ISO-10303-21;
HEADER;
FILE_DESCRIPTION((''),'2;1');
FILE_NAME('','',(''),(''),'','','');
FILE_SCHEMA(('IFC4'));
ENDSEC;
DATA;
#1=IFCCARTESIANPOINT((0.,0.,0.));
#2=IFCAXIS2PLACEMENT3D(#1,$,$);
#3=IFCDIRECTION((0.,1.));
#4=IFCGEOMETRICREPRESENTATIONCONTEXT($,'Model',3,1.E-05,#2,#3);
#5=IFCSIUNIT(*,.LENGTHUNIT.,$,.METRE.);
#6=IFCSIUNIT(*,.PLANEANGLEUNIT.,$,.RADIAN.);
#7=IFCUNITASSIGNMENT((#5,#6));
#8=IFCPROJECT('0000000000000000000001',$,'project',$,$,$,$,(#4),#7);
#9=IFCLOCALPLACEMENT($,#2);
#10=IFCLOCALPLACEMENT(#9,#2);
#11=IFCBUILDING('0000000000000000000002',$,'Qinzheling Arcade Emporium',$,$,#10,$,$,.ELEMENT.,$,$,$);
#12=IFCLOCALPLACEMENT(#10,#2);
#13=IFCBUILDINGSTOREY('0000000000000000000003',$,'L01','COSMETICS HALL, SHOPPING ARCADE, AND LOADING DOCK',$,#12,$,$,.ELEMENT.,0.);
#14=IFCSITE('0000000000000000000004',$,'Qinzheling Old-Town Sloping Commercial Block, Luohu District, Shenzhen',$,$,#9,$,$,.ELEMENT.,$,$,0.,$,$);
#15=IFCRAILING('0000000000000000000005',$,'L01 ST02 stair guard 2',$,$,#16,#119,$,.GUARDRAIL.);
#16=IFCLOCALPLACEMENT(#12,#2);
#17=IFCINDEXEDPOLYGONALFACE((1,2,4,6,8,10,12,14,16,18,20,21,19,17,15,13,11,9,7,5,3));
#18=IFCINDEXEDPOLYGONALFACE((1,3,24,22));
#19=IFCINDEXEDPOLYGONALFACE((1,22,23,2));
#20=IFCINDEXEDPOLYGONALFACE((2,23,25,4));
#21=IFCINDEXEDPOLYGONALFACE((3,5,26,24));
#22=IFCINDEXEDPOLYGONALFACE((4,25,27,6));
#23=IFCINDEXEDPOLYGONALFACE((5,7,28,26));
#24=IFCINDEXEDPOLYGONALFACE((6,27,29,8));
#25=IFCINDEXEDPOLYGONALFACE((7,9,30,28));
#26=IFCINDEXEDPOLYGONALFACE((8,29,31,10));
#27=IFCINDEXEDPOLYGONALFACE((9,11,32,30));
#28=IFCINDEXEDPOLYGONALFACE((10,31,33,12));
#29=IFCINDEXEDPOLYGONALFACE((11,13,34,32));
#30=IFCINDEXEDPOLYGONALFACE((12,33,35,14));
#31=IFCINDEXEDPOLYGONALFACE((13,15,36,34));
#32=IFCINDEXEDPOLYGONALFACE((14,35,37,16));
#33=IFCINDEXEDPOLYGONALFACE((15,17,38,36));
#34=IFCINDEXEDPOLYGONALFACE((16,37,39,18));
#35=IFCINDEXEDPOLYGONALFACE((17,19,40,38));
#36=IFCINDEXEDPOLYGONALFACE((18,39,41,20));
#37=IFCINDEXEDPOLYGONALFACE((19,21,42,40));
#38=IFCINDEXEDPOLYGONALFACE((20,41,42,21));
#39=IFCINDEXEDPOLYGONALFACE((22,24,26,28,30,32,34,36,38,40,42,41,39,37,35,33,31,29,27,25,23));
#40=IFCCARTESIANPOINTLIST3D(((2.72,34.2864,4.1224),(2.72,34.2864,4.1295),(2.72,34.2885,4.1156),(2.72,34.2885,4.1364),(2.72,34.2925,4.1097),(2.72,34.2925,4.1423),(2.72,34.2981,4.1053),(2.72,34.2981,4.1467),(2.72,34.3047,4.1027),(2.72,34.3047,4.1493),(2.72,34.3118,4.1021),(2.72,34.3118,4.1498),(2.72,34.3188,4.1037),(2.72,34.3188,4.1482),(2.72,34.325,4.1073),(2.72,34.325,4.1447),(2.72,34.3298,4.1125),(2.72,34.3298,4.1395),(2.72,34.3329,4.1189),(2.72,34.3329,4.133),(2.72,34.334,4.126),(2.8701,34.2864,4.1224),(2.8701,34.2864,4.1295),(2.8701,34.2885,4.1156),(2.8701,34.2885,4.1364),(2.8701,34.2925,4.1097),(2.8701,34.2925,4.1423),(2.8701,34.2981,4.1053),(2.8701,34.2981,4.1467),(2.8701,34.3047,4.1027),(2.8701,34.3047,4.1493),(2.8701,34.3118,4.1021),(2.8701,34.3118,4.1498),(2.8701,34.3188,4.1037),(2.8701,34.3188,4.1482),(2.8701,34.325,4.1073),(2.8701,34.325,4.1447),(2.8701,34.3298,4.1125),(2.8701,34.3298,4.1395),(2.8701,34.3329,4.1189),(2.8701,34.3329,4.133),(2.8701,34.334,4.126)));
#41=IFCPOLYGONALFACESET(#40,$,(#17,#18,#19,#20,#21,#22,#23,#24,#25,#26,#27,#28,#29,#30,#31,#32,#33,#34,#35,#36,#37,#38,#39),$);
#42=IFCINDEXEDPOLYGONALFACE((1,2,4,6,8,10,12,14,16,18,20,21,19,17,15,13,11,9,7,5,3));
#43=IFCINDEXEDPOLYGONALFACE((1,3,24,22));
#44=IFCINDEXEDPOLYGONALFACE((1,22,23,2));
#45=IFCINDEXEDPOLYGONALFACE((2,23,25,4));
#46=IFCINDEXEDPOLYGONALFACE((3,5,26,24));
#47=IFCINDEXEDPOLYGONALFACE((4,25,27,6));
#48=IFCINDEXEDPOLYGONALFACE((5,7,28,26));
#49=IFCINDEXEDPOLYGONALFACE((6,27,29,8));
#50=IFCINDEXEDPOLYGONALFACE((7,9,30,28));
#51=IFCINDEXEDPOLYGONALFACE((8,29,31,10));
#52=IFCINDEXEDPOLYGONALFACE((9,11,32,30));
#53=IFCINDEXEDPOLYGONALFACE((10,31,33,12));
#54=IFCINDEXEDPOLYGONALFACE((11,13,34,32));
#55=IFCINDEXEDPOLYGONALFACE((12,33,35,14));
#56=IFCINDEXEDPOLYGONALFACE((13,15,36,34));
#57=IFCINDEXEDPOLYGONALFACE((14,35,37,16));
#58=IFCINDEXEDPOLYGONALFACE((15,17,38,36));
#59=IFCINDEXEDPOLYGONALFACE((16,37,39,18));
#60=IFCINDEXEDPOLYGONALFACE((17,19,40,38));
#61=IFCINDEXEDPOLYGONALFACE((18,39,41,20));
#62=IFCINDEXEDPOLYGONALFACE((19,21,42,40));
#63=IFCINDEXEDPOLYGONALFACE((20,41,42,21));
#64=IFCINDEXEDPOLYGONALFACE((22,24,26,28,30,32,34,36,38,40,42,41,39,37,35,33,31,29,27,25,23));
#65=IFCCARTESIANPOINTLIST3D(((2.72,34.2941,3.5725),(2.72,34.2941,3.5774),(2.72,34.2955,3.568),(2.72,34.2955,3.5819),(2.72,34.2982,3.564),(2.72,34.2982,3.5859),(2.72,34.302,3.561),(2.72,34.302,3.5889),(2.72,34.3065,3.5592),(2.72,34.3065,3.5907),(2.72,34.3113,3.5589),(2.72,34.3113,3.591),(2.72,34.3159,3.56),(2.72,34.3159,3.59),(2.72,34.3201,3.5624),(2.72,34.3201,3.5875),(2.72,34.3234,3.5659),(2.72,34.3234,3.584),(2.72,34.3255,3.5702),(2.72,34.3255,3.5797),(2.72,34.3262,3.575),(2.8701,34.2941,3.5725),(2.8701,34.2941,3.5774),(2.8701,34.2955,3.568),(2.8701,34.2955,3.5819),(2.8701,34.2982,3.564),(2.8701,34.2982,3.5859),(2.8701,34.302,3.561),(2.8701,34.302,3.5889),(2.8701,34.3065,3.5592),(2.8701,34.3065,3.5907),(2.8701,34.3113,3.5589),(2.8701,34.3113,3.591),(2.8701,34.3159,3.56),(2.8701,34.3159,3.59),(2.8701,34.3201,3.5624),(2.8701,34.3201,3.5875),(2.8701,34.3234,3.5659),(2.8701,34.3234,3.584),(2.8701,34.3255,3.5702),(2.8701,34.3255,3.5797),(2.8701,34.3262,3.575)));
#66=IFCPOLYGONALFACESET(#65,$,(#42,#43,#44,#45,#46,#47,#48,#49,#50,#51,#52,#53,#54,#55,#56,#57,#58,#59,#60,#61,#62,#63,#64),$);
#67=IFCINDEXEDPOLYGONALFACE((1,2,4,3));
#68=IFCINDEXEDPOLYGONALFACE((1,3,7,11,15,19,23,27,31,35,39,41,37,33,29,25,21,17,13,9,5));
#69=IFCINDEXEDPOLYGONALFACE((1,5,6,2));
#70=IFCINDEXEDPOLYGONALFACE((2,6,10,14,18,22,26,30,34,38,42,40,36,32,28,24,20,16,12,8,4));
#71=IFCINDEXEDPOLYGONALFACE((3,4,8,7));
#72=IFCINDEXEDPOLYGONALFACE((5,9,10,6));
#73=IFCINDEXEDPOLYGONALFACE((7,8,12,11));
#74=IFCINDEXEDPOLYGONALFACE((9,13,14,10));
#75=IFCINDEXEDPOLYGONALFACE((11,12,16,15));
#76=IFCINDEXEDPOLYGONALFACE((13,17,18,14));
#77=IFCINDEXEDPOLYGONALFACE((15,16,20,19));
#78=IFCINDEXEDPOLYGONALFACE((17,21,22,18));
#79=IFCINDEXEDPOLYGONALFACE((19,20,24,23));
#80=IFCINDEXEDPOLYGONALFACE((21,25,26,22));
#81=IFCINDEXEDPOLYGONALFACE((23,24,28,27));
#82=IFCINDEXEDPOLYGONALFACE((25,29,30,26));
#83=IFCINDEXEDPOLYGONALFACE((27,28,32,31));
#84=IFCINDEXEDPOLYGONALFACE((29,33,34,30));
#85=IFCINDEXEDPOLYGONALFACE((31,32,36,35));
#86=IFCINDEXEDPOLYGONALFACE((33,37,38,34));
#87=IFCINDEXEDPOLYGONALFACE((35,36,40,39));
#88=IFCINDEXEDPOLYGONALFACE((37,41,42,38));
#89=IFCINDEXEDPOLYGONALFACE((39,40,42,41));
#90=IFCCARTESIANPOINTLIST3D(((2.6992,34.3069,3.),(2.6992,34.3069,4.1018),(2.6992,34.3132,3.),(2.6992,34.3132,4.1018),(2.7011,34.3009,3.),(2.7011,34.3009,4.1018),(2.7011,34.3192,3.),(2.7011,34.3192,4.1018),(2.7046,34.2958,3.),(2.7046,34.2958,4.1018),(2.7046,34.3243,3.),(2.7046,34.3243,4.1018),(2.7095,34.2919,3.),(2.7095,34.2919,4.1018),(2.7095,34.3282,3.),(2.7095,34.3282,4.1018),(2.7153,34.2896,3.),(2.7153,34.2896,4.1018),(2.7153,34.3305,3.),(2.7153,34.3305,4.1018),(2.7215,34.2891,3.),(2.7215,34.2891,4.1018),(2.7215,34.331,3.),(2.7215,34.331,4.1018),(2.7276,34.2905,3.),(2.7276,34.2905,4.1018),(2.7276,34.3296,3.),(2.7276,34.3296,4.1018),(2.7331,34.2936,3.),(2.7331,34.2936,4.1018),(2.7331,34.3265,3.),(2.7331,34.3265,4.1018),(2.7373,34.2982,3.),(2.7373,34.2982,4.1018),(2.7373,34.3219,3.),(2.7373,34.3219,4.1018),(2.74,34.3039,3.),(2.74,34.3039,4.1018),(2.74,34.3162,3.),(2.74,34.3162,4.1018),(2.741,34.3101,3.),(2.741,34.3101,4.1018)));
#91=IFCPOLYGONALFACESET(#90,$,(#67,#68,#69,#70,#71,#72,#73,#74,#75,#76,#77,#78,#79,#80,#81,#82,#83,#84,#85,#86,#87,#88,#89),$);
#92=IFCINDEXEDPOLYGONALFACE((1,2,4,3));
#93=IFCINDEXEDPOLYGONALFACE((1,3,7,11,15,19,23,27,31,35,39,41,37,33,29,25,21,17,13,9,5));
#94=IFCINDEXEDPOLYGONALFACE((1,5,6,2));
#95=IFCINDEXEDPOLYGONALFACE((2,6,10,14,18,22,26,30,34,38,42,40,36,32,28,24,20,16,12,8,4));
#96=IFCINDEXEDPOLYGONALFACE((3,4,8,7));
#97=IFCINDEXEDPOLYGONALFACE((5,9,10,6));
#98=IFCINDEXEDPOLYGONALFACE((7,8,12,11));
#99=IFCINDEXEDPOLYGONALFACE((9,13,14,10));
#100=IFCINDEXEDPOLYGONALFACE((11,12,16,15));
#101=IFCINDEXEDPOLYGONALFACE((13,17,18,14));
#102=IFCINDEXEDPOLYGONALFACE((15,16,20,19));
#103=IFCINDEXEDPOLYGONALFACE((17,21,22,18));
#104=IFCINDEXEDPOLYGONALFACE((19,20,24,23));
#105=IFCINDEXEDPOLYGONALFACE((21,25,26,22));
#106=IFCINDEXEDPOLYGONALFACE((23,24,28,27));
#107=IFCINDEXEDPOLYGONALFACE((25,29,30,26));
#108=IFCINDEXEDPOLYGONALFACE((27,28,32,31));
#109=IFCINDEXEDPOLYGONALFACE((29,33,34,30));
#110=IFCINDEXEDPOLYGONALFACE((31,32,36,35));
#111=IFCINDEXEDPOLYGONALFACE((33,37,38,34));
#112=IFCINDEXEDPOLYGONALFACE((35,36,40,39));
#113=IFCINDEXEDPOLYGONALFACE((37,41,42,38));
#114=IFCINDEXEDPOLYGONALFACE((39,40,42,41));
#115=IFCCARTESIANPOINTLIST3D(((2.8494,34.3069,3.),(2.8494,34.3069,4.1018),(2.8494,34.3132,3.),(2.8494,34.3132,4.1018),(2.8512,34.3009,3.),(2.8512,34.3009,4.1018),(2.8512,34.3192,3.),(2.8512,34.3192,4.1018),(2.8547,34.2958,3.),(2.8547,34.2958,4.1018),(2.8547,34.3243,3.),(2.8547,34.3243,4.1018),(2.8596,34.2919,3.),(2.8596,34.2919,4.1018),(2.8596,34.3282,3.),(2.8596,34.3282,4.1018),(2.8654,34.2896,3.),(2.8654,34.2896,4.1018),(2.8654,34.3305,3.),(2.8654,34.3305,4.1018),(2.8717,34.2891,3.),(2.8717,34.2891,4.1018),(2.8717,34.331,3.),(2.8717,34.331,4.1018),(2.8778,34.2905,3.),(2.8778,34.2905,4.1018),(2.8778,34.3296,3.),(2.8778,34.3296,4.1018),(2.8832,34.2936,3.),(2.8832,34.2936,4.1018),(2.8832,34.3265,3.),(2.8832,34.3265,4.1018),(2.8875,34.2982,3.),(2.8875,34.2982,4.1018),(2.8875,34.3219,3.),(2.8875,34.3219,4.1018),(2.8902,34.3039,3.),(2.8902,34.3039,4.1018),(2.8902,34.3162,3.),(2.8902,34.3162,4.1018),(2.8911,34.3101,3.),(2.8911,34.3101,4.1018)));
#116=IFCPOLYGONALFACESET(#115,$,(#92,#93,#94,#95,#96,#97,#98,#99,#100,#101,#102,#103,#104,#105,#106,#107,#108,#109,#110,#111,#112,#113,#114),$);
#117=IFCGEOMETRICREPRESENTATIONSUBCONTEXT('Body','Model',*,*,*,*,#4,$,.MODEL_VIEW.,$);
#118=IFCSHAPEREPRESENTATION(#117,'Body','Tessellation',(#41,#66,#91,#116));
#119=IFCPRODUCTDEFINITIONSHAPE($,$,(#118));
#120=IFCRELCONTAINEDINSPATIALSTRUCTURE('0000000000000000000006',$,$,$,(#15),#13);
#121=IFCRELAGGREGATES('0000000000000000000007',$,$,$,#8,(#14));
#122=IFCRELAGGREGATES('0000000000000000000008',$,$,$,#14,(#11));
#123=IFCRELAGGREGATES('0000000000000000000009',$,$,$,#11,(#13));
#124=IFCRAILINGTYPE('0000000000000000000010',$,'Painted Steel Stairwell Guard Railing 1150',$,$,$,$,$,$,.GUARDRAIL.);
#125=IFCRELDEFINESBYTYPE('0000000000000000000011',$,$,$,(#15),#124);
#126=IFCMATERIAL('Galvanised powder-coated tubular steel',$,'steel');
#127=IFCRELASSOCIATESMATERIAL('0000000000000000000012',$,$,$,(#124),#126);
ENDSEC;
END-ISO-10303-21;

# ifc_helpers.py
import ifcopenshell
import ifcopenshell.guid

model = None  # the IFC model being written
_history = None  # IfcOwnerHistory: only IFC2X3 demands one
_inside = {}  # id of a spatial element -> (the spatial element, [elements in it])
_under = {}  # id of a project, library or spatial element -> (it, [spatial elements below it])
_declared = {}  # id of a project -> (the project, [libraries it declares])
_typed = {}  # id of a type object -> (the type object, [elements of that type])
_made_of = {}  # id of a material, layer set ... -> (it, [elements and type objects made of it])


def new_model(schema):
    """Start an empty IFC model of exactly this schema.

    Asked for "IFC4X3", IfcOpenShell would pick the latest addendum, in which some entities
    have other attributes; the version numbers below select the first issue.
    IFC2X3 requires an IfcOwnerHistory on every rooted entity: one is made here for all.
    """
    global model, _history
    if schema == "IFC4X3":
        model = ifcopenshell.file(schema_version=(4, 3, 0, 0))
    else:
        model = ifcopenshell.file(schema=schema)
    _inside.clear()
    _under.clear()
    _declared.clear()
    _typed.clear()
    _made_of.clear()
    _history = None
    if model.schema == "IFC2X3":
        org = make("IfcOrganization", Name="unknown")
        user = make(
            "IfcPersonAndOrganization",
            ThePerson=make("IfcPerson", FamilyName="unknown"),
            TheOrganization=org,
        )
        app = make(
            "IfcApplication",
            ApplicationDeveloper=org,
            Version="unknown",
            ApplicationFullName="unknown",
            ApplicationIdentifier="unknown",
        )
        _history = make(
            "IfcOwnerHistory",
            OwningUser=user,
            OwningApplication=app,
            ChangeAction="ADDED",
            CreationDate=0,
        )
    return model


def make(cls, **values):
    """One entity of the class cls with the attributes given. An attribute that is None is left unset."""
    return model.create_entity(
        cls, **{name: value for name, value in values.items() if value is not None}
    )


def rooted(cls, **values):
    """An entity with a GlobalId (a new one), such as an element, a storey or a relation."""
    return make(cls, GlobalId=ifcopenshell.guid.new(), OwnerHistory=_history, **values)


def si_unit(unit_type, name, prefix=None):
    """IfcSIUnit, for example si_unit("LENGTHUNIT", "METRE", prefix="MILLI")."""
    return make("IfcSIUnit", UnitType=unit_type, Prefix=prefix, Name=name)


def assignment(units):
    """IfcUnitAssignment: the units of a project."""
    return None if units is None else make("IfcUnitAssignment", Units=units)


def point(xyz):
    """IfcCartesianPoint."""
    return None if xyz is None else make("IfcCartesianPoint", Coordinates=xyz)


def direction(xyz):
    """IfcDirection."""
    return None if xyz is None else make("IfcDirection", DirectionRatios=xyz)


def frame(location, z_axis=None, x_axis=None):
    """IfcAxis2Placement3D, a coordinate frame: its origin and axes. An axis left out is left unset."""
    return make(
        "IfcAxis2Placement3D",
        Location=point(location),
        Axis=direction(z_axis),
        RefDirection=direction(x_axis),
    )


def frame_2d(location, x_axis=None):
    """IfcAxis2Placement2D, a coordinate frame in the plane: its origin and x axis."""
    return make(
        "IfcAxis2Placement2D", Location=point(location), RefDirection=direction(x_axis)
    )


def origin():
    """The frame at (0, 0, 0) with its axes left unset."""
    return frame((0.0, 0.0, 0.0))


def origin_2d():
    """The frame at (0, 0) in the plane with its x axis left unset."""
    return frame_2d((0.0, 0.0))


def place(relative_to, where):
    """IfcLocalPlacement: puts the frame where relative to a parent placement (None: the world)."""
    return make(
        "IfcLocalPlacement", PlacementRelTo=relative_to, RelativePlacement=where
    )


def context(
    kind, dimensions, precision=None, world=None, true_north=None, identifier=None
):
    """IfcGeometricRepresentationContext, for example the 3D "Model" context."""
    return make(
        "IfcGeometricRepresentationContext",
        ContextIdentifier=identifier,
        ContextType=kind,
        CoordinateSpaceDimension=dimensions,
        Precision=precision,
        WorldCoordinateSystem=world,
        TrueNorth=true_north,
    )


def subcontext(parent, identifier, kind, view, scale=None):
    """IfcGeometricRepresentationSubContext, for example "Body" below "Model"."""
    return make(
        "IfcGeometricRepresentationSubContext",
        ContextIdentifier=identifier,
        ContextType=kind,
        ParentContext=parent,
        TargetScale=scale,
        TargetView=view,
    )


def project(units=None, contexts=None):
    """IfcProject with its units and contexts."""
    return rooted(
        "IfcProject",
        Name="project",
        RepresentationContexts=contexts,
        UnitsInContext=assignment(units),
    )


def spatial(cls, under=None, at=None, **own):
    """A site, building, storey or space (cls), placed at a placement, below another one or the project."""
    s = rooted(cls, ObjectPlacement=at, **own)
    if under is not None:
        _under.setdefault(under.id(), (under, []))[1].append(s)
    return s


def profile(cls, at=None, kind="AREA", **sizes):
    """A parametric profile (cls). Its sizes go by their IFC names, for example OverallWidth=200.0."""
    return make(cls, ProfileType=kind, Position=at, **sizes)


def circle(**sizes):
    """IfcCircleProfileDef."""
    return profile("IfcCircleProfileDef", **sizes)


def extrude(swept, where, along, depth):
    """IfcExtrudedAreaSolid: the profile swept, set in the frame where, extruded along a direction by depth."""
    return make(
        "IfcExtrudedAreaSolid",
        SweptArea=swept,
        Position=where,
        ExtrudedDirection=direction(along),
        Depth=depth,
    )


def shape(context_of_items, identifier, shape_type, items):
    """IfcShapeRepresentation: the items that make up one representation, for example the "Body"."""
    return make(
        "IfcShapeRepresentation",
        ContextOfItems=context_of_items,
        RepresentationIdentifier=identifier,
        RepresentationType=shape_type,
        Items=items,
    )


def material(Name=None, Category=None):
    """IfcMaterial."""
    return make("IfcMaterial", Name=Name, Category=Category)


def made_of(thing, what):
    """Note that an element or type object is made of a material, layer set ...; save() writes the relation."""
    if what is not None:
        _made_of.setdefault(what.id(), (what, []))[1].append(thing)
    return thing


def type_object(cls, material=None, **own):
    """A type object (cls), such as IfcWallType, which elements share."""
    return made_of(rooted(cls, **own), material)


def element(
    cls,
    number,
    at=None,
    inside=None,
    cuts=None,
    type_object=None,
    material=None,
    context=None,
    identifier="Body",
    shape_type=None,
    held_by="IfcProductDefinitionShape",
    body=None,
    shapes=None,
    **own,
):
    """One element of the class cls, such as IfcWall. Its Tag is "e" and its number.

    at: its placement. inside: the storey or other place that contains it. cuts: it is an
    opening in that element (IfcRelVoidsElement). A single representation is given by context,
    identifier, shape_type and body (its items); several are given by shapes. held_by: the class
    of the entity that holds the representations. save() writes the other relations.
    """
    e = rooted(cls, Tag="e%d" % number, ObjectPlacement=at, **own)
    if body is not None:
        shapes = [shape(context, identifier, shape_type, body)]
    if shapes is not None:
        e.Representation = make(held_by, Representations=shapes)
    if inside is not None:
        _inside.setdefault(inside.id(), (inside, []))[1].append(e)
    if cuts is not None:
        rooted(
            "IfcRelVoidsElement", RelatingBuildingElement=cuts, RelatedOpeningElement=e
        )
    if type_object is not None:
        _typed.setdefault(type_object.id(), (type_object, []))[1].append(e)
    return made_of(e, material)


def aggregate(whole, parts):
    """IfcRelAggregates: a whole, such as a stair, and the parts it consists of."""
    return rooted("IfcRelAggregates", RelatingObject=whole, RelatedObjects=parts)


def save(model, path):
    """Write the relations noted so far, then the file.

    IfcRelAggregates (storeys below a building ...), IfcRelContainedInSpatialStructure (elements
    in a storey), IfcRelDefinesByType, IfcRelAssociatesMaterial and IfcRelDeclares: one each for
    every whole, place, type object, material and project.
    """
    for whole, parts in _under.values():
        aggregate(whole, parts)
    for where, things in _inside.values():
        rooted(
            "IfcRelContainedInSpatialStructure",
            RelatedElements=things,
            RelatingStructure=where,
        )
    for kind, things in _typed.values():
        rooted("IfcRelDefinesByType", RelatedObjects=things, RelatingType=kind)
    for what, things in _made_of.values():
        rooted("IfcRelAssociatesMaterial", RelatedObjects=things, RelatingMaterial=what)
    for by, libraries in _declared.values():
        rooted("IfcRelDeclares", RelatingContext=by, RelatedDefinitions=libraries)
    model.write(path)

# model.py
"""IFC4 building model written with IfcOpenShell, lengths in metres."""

from ifc_helpers import new_model, si_unit, direction, frame, origin, origin_2d, place, context, subcontext, project, spatial, circle, extrude, material, type_object, element, save


model = new_model("IFC4")

# Units and contexts
model_context = context("Model", 3, precision=1e-05, world=origin(), true_north=direction((0.0, 1.0)))
body_context = subcontext(model_context, "Body", "Model", "MODEL_VIEW")
ifc_project = project(units=[si_unit("LENGTHUNIT", "METRE"), si_unit("PLANEANGLEUNIT", "RADIAN")], contexts=[model_context])

# Site, building, storey
site_placement = place(None, origin())
site = spatial("IfcSite", under=ifc_project, at=site_placement, Name="Qinzheling Old-Town Sloping Commercial Block, Luohu District, Shenzhen", CompositionType="ELEMENT", RefElevation=0.0)
building_placement = place(site_placement, origin())
building = spatial("IfcBuilding", under=site, at=building_placement, Name="Qinzheling Arcade Emporium", CompositionType="ELEMENT")
storey_placement = place(building_placement, origin())
storey = spatial("IfcBuildingStorey", under=building, at=storey_placement, Name="L01", Description="COSMETICS HALL, SHOPPING ARCADE, AND LOADING DOCK", CompositionType="ELEMENT", Elevation=0.0)

# Railing
ifc_material_1 = material(Name="Galvanised powder-coated tubular steel", Category="steel")
railing_type_1 = type_object("IfcRailingType", Name="Painted Steel Stairwell Guard Railing 1150", PredefinedType="GUARDRAIL", material=ifc_material_1)
railing_1_placement = place(storey_placement, frame((2.72, 34.3101, 3.0)))
element("IfcRailing", 1, at=railing_1_placement, inside=storey, type_object=railing_type_1, Name="L01 ST02 stair guard 2", PredefinedType="GUARDRAIL", context=body_context, shape_type="SweptSolid", body=[
    extrude(circle(Radius=0.0239, at=origin_2d()), frame((0.0, 0.0, 1.126), z_axis=(1.0, 0.0, 0.0), x_axis=(0.0, 1.0, 0.0)), (0.0, 0.0, 1.0), 0.1501),
    extrude(circle(Radius=0.0161, at=origin_2d()), frame((0.0, 0.0, 0.575), z_axis=(1.0, 0.0, 0.0), x_axis=(0.0, 1.0, 0.0)), (0.0, 0.0, 1.0), 0.1501),
    extrude(circle(Radius=0.021, at=origin_2d()), origin(), (0.0, 0.0, 1.0), 1.1018),
    extrude(circle(Radius=0.021, at=origin_2d()), frame((0.1501, 0.0, 0.0)), (0.0, 0.0, 1.0), 1.1018),
])

save(model, "model.ifc")
